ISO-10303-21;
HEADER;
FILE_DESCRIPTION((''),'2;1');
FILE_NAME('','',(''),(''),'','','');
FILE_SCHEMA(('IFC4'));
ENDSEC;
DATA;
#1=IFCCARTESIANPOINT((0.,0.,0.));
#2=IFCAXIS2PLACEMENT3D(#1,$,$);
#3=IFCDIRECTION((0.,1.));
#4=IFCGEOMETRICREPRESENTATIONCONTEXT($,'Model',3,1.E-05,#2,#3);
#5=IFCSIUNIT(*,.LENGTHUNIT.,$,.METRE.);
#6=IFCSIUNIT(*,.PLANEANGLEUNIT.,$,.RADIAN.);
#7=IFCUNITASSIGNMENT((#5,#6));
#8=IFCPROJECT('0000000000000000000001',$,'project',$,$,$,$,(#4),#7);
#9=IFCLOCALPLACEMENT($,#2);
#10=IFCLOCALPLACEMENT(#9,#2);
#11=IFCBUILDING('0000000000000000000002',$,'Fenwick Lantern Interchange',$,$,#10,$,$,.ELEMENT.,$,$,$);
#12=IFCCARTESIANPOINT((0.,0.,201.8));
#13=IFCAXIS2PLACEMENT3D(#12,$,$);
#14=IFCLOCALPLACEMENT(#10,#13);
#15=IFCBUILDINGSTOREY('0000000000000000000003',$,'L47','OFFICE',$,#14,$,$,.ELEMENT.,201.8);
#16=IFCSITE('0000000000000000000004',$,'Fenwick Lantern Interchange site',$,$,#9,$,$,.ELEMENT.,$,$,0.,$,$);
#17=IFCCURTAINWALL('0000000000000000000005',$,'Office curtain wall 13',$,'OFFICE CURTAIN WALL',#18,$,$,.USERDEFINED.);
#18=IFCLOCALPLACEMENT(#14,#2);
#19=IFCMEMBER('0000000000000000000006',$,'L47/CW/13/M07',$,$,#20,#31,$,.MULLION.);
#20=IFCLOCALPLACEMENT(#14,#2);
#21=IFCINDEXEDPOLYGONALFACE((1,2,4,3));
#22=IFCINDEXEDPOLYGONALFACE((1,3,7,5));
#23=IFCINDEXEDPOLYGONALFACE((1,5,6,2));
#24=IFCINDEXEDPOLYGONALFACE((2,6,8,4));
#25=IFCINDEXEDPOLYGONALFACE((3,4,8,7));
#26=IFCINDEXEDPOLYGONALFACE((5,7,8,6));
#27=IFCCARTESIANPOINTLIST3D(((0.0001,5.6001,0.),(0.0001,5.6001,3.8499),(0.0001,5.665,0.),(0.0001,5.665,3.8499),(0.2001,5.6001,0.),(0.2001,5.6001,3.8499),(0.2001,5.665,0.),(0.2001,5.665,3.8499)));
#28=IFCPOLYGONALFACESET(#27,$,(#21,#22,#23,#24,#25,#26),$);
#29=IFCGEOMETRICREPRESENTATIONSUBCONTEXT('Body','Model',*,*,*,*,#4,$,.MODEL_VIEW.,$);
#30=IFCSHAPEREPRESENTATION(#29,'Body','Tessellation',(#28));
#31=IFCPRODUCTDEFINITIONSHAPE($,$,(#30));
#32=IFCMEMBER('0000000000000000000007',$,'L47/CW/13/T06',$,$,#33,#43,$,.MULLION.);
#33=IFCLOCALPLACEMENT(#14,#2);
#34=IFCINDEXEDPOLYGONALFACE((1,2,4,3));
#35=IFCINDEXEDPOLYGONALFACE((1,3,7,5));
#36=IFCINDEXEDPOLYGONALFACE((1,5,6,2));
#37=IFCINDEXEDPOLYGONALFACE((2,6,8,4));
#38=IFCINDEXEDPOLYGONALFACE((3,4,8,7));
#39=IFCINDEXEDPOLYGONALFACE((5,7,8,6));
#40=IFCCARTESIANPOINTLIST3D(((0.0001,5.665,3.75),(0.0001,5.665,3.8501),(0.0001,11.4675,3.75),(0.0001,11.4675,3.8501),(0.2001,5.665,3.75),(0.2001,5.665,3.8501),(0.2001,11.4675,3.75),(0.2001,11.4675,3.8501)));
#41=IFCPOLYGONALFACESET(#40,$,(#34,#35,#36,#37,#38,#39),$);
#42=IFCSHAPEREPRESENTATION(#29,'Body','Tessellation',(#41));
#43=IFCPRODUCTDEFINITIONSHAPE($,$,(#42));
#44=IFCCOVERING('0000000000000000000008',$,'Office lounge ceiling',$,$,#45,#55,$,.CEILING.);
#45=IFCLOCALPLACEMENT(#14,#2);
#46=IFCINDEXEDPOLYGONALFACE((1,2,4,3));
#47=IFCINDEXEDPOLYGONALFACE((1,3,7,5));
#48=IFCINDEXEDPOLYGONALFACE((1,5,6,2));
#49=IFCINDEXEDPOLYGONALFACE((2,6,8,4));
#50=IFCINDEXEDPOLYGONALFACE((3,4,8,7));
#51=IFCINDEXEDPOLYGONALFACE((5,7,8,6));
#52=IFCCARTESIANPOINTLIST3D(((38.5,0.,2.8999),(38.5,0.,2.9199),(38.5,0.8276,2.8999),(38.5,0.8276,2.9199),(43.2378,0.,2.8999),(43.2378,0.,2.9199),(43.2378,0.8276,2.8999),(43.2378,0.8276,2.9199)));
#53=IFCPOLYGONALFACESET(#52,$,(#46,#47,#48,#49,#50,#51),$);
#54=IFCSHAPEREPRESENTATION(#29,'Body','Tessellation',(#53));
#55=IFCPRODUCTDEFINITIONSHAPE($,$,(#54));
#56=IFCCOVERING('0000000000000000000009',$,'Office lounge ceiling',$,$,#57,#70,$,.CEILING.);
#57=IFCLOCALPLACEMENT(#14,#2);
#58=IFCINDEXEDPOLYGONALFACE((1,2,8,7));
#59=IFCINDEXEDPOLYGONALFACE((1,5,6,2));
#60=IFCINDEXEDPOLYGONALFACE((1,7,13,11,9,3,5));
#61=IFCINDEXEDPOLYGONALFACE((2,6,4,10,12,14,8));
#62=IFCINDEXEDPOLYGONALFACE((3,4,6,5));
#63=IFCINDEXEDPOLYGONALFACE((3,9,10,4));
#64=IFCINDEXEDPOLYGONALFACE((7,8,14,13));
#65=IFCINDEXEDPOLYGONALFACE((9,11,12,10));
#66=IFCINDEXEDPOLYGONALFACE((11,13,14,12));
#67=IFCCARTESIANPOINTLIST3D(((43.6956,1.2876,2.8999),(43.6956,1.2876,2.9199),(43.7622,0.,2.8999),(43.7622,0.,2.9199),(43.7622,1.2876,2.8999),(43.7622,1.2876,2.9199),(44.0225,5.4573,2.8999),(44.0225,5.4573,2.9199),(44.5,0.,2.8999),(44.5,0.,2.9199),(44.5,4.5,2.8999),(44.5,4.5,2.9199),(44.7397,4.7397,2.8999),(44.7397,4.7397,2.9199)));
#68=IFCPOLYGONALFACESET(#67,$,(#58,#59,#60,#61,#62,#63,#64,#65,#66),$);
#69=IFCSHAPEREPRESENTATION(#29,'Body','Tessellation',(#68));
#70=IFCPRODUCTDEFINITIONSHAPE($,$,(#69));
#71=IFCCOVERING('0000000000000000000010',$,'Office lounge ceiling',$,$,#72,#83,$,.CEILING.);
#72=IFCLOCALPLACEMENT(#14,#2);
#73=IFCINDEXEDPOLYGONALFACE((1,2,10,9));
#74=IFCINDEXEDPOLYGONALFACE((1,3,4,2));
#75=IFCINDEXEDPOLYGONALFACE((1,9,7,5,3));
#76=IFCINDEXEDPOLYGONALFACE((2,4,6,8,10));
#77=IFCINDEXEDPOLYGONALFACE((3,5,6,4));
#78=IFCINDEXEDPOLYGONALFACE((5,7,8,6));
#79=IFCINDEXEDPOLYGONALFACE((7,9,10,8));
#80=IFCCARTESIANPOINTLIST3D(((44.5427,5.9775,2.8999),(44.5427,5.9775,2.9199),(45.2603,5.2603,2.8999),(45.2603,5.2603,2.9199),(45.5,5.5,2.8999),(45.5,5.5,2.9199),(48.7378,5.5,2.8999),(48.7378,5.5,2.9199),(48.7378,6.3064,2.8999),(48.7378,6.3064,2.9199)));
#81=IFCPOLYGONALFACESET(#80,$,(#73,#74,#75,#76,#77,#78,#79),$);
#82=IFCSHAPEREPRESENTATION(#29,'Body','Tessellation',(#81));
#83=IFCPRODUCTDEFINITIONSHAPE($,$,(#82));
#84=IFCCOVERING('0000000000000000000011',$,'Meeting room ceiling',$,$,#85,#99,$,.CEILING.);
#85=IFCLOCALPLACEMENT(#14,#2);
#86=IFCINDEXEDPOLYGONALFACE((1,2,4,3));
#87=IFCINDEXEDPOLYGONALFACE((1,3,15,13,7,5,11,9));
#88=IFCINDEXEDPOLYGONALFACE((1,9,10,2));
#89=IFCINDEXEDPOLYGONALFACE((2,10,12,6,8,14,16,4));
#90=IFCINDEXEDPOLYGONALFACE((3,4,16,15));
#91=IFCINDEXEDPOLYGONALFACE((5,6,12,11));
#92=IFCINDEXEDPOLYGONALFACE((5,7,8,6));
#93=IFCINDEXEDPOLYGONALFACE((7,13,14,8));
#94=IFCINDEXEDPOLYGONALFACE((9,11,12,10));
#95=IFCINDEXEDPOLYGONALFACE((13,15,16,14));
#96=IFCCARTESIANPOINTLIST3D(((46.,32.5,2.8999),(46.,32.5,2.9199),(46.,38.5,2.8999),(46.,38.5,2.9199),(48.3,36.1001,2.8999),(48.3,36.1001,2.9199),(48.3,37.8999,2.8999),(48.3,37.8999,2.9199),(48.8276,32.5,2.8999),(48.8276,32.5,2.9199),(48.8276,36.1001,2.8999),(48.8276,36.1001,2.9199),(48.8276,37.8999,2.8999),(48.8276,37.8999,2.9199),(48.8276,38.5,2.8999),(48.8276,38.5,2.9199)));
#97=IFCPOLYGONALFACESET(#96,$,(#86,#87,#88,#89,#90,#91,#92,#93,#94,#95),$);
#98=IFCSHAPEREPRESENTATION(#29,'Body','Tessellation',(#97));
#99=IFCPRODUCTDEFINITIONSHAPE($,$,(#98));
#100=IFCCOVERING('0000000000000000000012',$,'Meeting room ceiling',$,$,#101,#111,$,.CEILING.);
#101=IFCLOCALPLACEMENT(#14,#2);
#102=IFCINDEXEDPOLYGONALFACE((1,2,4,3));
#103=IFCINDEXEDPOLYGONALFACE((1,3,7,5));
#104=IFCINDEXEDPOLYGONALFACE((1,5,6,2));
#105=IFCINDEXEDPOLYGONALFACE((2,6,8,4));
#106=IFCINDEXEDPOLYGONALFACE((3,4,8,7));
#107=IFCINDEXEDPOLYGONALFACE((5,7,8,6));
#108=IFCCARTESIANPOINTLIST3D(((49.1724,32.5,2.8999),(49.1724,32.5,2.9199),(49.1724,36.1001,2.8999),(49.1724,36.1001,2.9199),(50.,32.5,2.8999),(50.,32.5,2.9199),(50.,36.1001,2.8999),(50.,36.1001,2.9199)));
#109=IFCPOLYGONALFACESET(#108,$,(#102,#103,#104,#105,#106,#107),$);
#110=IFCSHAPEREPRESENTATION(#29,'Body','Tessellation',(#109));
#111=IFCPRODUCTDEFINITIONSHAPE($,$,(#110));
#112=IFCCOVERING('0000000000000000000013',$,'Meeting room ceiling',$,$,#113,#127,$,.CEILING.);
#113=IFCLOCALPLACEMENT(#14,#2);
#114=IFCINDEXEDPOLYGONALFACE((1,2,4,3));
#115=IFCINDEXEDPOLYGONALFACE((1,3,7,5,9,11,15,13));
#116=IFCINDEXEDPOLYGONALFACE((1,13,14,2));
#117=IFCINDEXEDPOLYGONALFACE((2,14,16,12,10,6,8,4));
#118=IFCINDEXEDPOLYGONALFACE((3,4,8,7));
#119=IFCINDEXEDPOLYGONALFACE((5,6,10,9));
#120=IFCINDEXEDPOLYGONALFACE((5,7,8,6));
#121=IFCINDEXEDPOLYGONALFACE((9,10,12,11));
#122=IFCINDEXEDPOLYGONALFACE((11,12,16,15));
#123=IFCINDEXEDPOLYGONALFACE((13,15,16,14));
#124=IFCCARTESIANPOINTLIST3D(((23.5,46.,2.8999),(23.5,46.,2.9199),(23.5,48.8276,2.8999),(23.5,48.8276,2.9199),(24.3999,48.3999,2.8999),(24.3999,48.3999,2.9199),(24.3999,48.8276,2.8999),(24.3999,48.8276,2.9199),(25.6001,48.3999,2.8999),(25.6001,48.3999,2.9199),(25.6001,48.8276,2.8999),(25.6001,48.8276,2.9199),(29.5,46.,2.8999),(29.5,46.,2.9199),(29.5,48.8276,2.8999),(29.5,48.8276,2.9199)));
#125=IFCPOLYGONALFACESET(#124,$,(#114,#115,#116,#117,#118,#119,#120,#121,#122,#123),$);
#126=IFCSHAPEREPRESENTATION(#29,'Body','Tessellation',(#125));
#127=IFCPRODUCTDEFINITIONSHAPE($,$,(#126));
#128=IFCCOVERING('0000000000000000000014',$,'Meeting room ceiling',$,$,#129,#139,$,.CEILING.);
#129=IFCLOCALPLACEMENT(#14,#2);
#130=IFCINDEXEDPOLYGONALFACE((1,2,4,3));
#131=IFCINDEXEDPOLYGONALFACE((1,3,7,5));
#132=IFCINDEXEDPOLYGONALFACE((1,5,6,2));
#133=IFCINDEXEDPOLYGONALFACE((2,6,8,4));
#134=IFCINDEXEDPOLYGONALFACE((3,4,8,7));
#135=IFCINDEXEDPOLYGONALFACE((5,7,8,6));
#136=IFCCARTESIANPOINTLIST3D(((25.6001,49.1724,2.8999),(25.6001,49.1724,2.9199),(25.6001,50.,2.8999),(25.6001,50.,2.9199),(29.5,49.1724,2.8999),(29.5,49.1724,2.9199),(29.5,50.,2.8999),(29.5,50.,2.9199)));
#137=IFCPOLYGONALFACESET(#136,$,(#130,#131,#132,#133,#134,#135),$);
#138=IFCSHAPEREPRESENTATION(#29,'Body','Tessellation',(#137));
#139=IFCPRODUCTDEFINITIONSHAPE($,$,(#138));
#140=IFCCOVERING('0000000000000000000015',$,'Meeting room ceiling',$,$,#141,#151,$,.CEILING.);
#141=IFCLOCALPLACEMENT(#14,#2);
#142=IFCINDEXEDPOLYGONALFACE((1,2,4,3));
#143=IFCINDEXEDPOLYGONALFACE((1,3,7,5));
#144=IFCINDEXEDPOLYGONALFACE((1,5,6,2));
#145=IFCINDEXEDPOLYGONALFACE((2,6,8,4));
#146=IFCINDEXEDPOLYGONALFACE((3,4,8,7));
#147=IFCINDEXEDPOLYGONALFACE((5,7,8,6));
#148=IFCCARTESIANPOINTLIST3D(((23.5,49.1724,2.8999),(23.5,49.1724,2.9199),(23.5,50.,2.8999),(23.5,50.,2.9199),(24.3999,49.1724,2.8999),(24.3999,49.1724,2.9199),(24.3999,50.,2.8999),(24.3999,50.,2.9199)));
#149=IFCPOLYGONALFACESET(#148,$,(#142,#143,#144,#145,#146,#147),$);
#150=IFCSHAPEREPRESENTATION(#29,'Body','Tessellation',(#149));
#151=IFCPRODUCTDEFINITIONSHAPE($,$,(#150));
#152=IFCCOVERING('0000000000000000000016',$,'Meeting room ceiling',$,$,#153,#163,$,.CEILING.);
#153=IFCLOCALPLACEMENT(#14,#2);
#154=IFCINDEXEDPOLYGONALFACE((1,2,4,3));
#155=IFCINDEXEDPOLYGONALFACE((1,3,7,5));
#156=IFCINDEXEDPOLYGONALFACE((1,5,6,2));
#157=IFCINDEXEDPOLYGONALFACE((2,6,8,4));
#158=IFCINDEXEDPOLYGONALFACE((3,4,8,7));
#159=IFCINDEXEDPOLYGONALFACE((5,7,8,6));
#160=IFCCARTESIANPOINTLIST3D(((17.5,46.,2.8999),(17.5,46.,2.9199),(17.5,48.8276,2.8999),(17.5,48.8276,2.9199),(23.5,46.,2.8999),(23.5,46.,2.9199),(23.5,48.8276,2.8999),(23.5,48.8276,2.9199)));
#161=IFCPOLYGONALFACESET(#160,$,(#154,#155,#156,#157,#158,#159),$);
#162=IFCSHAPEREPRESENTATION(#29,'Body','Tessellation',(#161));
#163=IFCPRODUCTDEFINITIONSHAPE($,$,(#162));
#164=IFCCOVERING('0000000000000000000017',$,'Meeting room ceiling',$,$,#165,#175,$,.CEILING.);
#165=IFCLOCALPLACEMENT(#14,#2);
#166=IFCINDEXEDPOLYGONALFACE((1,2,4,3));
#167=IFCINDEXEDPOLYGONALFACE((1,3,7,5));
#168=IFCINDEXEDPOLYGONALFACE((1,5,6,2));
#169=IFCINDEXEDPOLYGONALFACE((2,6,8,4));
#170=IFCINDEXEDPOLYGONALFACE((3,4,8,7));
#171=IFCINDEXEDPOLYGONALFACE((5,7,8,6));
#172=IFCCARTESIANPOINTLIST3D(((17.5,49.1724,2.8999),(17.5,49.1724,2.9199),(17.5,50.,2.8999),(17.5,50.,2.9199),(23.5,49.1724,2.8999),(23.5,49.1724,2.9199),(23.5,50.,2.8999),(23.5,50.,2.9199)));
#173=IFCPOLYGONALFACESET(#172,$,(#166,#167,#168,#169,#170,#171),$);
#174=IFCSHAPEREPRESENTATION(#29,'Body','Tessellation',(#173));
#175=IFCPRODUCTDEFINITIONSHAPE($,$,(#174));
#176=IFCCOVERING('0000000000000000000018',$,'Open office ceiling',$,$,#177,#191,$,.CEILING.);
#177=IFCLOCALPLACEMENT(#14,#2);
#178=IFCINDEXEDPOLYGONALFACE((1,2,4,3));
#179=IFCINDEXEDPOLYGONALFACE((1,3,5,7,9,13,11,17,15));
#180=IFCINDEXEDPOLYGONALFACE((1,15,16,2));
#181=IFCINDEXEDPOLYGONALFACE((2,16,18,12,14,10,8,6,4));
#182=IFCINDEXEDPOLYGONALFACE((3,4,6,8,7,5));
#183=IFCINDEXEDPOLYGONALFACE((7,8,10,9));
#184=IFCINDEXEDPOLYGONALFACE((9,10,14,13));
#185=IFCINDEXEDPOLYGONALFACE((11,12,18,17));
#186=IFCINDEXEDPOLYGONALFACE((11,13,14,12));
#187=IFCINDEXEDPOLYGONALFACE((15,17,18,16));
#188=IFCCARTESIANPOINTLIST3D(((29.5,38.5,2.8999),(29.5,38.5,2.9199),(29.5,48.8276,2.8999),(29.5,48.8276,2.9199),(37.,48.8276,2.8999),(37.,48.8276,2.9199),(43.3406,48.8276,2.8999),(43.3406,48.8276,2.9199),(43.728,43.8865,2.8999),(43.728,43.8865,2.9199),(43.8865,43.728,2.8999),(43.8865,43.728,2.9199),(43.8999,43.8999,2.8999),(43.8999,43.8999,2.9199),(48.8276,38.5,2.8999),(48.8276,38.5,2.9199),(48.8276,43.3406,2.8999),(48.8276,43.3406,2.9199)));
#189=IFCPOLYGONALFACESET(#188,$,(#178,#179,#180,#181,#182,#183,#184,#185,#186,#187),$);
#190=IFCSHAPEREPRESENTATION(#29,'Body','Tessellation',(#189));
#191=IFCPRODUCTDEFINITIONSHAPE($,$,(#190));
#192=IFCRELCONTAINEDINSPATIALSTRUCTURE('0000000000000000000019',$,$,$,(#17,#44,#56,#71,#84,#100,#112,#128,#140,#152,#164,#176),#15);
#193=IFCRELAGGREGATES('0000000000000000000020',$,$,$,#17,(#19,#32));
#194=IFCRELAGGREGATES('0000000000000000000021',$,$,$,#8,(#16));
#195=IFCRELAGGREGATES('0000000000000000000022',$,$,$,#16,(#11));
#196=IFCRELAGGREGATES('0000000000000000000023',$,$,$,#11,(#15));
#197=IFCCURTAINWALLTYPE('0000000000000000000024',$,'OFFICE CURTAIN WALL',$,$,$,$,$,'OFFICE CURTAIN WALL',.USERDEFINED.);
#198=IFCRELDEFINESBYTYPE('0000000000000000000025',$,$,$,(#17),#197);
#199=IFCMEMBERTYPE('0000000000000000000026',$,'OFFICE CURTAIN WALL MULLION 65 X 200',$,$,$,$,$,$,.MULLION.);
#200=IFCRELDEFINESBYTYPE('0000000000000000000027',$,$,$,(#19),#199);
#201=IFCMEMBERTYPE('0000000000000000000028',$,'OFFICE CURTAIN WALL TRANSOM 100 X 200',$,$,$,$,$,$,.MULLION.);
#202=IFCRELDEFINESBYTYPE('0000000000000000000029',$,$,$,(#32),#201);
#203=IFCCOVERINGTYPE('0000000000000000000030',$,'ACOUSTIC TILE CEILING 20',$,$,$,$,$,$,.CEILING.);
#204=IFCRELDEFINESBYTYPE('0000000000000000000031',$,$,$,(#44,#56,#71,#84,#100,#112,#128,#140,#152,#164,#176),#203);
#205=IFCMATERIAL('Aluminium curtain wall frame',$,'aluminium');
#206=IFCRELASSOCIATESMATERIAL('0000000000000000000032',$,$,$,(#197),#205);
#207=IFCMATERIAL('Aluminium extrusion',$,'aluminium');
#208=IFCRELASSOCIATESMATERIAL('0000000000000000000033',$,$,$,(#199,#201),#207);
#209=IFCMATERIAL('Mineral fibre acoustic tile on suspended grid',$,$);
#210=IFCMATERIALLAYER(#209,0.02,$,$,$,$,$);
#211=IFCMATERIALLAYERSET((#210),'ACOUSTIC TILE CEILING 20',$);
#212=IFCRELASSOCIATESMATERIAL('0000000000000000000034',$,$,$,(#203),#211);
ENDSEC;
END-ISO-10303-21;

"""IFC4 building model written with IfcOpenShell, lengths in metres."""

from ifc_helpers import new_model, si_unit, direction, frame, origin, origin_2d, place, context, subcontext, project, spatial, polyline, rectangle, outline, extrude, material, layer, layer_set, material_profile, profile_set, type_object, element, aggregate, save


model = new_model("IFC4")

# Units and contexts
model_context = context("Model", 3, precision=1e-05, world=origin(), true_north=direction((0.0, 1.0)))
body_context = subcontext(model_context, "Body", "Model", "MODEL_VIEW")
ifc_project = project(units=[si_unit("LENGTHUNIT", "METRE"), si_unit("PLANEANGLEUNIT", "RADIAN")], contexts=[model_context])

# Site, building, storey
site_placement = place(None, origin())
site = spatial("IfcSite", under=ifc_project, at=site_placement, Name="Fenwick Lantern Interchange site", CompositionType="ELEMENT", RefElevation=0.0)
building_placement = place(site_placement, origin())
building = spatial("IfcBuilding", under=site, at=building_placement, Name="Fenwick Lantern Interchange", CompositionType="ELEMENT")
storey_placement = place(building_placement, frame((0.0, 0.0, 201.8)))
storey = spatial("IfcBuildingStorey", under=building, at=storey_placement, Name="L47", Description="OFFICE", CompositionType="ELEMENT", Elevation=201.8)

# Curtain wall, members
ifc_material_1 = material(Name="Aluminium curtain wall frame", Category="aluminium")
curtain_wall_type = type_object("IfcCurtainWallType", Name="OFFICE CURTAIN WALL", ElementType="OFFICE CURTAIN WALL", PredefinedType="USERDEFINED", material=ifc_material_1)
curtain_wall_placement = place(storey_placement, origin())
curtain_wall = element("IfcCurtainWall", 1, at=curtain_wall_placement, inside=storey, type_object=curtain_wall_type, Name="Office curtain wall 13", ObjectType="OFFICE CURTAIN WALL", PredefinedType="USERDEFINED")
ifc_material_2 = material(Name="Aluminium extrusion", Category="aluminium")
ifc_material_profile_1 = material_profile(ifc_material_2, rectangle(XDim=0.2, YDim=0.0649, at=origin_2d()), Name="OFFICE CURTAIN WALL MULLION 65 X 200")
ifc_profile_set_1 = profile_set([ifc_material_profile_1], Name="Aluminium extrusion")
member_type_1 = type_object("IfcMemberType", Name="OFFICE CURTAIN WALL MULLION 65 X 200", PredefinedType="MULLION", material=ifc_profile_set_1)
member_1_placement = place(storey_placement, frame((0.1001, 5.6326, 0.0), z_axis=(0.0, 0.0, 1.0), x_axis=(1.0, 0.0, 0.0)))
member_1 = element("IfcMember", 2, at=member_1_placement, type_object=member_type_1, Name="L47/CW/13/M07", PredefinedType="MULLION", context=body_context, shape_type="SweptSolid", body=[
    extrude(rectangle(XDim=0.2, YDim=0.0649, at=origin_2d()), origin(), (0.0, 0.0, 1.0), 3.8499),
])
ifc_material_profile_2 = material_profile(ifc_material_2, rectangle(XDim=0.2, YDim=0.1001, at=origin_2d()), Name="OFFICE CURTAIN WALL TRANSOM 100 X 200")
ifc_profile_set_2 = profile_set([ifc_material_profile_2], Name="Aluminium extrusion")
member_type_2 = type_object("IfcMemberType", Name="OFFICE CURTAIN WALL TRANSOM 100 X 200", PredefinedType="MULLION", material=ifc_profile_set_2)
member_2_placement = place(storey_placement, frame((0.1001, 11.4675, 3.8), z_axis=(0.0, -1.0, 0.0), x_axis=(1.0, 0.0, 0.0)))
member_2 = element("IfcMember", 3, at=member_2_placement, type_object=member_type_2, Name="L47/CW/13/T06", PredefinedType="MULLION", context=body_context, shape_type="SweptSolid", body=[
    extrude(rectangle(XDim=0.2, YDim=0.1001, at=origin_2d()), origin(), (0.0, 0.0, 1.0), 5.8025),
])
aggregate(curtain_wall, [member_1, member_2])

# Coverings
ifc_material_3 = material(Name="Mineral fibre acoustic tile on suspended grid")
ifc_layer_1 = layer(ifc_material_3, 0.02)
ifc_layer_set_1 = layer_set([ifc_layer_1], Name="ACOUSTIC TILE CEILING 20")
covering_type_1 = type_object("IfcCoveringType", Name="ACOUSTIC TILE CEILING 20", PredefinedType="CEILING", material=ifc_layer_set_1)
covering_1_placement = place(storey_placement, frame((0.0, 0.0, 2.8999)))
element("IfcCovering", 4, at=covering_1_placement, inside=storey, type_object=covering_type_1, Name="Office lounge ceiling", PredefinedType="CEILING", context=body_context, shape_type="SweptSolid", body=[
    extrude(outline(polyline([(43.2378, 0.0), (43.2378, 0.8276), (38.5, 0.8276), (38.5, 0.0), (43.2378, 0.0)])), origin(), (0.0, 0.0, 1.0), 0.02),
])
covering_2_placement = place(storey_placement, frame((0.0, 0.0, 2.8999)))
element("IfcCovering", 5, at=covering_2_placement, inside=storey, type_object=covering_type_1, Name="Office lounge ceiling", PredefinedType="CEILING", context=body_context, shape_type="SweptSolid", body=[
    extrude(outline(polyline([(43.6956, 1.2876), (43.7622, 1.2876), (43.7622, 0.0), (44.5, 0.0), (44.5, 4.5), (44.7397, 4.7397), (44.0225, 5.4573), (43.6956, 1.2876)])), origin(), (0.0, 0.0, 1.0), 0.02),
])
covering_3_placement = place(storey_placement, frame((0.0, 0.0, 2.8999)))
element("IfcCovering", 6, at=covering_3_placement, inside=storey, type_object=covering_type_1, Name="Office lounge ceiling", PredefinedType="CEILING", context=body_context, shape_type="SweptSolid", body=[
    extrude(outline(polyline([(48.7378, 5.5), (48.7378, 6.3064), (44.5427, 5.9775), (45.2603, 5.2603), (45.5, 5.5), (48.7378, 5.5)])), origin(), (0.0, 0.0, 1.0), 0.02),
])
covering_4_placement = place(storey_placement, frame((0.0, 0.0, 2.8999)))
element("IfcCovering", 7, at=covering_4_placement, inside=storey, type_object=covering_type_1, Name="Meeting room ceiling", PredefinedType="CEILING", context=body_context, shape_type="SweptSolid", body=[
    extrude(outline(polyline([(46.0, 32.5), (48.8276, 32.5), (48.8276, 36.1001), (48.3, 36.1001), (48.3, 37.8999), (48.8276, 37.8999), (48.8276, 38.5), (46.0, 38.5), (46.0, 32.5)])), origin(), (0.0, 0.0, 1.0), 0.02),
])
covering_5_placement = place(storey_placement, frame((0.0, 0.0, 2.8999)))
element("IfcCovering", 8, at=covering_5_placement, inside=storey, type_object=covering_type_1, Name="Meeting room ceiling", PredefinedType="CEILING", context=body_context, shape_type="SweptSolid", body=[
    extrude(outline(polyline([(49.1724, 32.5), (50.0, 32.5), (50.0, 36.1001), (49.1724, 36.1001), (49.1724, 32.5)])), origin(), (0.0, 0.0, 1.0), 0.02),
])
covering_6_placement = place(storey_placement, frame((0.0, 0.0, 2.8999)))
element("IfcCovering", 9, at=covering_6_placement, inside=storey, type_object=covering_type_1, Name="Meeting room ceiling", PredefinedType="CEILING", context=body_context, shape_type="SweptSolid", body=[
    extrude(outline(polyline([(29.5, 46.0), (29.5, 48.8276), (25.6001, 48.8276), (25.6001, 48.3999), (24.3999, 48.3999), (24.3999, 48.8276), (23.5, 48.8276), (23.5, 46.0), (29.5, 46.0)])), origin(), (0.0, 0.0, 1.0), 0.02),
])
covering_7_placement = place(storey_placement, frame((0.0, 0.0, 2.8999)))
element("IfcCovering", 10, at=covering_7_placement, inside=storey, type_object=covering_type_1, Name="Meeting room ceiling", PredefinedType="CEILING", context=body_context, shape_type="SweptSolid", body=[
    extrude(outline(polyline([(29.5, 49.1724), (29.5, 50.0), (25.6001, 50.0), (25.6001, 49.1724), (29.5, 49.1724)])), origin(), (0.0, 0.0, 1.0), 0.02),
])
covering_8_placement = place(storey_placement, frame((0.0, 0.0, 2.8999)))
element("IfcCovering", 11, at=covering_8_placement, inside=storey, type_object=covering_type_1, Name="Meeting room ceiling", PredefinedType="CEILING", context=body_context, shape_type="SweptSolid", body=[
    extrude(outline(polyline([(23.5, 50.0), (23.5, 49.1724), (24.3999, 49.1724), (24.3999, 50.0), (23.5, 50.0)])), origin(), (0.0, 0.0, 1.0), 0.02),
])
covering_9_placement = place(storey_placement, frame((0.0, 0.0, 2.8999)))
element("IfcCovering", 12, at=covering_9_placement, inside=storey, type_object=covering_type_1, Name="Meeting room ceiling", PredefinedType="CEILING", context=body_context, shape_type="SweptSolid", body=[
    extrude(outline(polyline([(23.5, 46.0), (23.5, 48.8276), (17.5, 48.8276), (17.5, 46.0), (23.5, 46.0)])), origin(), (0.0, 0.0, 1.0), 0.02),
])
covering_10_placement = place(storey_placement, frame((0.0, 0.0, 2.8999)))
element("IfcCovering", 13, at=covering_10_placement, inside=storey, type_object=covering_type_1, Name="Meeting room ceiling", PredefinedType="CEILING", context=body_context, shape_type="SweptSolid", body=[
    extrude(outline(polyline([(17.5, 50.0), (17.5, 49.1724), (23.5, 49.1724), (23.5, 50.0), (17.5, 50.0)])), origin(), (0.0, 0.0, 1.0), 0.02),
])
covering_11_placement = place(storey_placement, frame((0.0, 0.0, 2.8999)))
element("IfcCovering", 14, at=covering_11_placement, inside=storey, type_object=covering_type_1, Name="Open office ceiling", PredefinedType="CEILING", context=body_context, shape_type="SweptSolid", body=[
    extrude(outline(polyline([(29.5, 38.5), (48.8276, 38.5), (48.8276, 43.3406), (43.8865, 43.728), (43.8999, 43.8999), (43.728, 43.8865), (43.3406, 48.8276), (37.0, 48.8276), (29.5, 48.8276), (29.5, 38.5)])), origin(), (0.0, 0.0, 1.0), 0.02),
])

save(model, "model.ifc")
